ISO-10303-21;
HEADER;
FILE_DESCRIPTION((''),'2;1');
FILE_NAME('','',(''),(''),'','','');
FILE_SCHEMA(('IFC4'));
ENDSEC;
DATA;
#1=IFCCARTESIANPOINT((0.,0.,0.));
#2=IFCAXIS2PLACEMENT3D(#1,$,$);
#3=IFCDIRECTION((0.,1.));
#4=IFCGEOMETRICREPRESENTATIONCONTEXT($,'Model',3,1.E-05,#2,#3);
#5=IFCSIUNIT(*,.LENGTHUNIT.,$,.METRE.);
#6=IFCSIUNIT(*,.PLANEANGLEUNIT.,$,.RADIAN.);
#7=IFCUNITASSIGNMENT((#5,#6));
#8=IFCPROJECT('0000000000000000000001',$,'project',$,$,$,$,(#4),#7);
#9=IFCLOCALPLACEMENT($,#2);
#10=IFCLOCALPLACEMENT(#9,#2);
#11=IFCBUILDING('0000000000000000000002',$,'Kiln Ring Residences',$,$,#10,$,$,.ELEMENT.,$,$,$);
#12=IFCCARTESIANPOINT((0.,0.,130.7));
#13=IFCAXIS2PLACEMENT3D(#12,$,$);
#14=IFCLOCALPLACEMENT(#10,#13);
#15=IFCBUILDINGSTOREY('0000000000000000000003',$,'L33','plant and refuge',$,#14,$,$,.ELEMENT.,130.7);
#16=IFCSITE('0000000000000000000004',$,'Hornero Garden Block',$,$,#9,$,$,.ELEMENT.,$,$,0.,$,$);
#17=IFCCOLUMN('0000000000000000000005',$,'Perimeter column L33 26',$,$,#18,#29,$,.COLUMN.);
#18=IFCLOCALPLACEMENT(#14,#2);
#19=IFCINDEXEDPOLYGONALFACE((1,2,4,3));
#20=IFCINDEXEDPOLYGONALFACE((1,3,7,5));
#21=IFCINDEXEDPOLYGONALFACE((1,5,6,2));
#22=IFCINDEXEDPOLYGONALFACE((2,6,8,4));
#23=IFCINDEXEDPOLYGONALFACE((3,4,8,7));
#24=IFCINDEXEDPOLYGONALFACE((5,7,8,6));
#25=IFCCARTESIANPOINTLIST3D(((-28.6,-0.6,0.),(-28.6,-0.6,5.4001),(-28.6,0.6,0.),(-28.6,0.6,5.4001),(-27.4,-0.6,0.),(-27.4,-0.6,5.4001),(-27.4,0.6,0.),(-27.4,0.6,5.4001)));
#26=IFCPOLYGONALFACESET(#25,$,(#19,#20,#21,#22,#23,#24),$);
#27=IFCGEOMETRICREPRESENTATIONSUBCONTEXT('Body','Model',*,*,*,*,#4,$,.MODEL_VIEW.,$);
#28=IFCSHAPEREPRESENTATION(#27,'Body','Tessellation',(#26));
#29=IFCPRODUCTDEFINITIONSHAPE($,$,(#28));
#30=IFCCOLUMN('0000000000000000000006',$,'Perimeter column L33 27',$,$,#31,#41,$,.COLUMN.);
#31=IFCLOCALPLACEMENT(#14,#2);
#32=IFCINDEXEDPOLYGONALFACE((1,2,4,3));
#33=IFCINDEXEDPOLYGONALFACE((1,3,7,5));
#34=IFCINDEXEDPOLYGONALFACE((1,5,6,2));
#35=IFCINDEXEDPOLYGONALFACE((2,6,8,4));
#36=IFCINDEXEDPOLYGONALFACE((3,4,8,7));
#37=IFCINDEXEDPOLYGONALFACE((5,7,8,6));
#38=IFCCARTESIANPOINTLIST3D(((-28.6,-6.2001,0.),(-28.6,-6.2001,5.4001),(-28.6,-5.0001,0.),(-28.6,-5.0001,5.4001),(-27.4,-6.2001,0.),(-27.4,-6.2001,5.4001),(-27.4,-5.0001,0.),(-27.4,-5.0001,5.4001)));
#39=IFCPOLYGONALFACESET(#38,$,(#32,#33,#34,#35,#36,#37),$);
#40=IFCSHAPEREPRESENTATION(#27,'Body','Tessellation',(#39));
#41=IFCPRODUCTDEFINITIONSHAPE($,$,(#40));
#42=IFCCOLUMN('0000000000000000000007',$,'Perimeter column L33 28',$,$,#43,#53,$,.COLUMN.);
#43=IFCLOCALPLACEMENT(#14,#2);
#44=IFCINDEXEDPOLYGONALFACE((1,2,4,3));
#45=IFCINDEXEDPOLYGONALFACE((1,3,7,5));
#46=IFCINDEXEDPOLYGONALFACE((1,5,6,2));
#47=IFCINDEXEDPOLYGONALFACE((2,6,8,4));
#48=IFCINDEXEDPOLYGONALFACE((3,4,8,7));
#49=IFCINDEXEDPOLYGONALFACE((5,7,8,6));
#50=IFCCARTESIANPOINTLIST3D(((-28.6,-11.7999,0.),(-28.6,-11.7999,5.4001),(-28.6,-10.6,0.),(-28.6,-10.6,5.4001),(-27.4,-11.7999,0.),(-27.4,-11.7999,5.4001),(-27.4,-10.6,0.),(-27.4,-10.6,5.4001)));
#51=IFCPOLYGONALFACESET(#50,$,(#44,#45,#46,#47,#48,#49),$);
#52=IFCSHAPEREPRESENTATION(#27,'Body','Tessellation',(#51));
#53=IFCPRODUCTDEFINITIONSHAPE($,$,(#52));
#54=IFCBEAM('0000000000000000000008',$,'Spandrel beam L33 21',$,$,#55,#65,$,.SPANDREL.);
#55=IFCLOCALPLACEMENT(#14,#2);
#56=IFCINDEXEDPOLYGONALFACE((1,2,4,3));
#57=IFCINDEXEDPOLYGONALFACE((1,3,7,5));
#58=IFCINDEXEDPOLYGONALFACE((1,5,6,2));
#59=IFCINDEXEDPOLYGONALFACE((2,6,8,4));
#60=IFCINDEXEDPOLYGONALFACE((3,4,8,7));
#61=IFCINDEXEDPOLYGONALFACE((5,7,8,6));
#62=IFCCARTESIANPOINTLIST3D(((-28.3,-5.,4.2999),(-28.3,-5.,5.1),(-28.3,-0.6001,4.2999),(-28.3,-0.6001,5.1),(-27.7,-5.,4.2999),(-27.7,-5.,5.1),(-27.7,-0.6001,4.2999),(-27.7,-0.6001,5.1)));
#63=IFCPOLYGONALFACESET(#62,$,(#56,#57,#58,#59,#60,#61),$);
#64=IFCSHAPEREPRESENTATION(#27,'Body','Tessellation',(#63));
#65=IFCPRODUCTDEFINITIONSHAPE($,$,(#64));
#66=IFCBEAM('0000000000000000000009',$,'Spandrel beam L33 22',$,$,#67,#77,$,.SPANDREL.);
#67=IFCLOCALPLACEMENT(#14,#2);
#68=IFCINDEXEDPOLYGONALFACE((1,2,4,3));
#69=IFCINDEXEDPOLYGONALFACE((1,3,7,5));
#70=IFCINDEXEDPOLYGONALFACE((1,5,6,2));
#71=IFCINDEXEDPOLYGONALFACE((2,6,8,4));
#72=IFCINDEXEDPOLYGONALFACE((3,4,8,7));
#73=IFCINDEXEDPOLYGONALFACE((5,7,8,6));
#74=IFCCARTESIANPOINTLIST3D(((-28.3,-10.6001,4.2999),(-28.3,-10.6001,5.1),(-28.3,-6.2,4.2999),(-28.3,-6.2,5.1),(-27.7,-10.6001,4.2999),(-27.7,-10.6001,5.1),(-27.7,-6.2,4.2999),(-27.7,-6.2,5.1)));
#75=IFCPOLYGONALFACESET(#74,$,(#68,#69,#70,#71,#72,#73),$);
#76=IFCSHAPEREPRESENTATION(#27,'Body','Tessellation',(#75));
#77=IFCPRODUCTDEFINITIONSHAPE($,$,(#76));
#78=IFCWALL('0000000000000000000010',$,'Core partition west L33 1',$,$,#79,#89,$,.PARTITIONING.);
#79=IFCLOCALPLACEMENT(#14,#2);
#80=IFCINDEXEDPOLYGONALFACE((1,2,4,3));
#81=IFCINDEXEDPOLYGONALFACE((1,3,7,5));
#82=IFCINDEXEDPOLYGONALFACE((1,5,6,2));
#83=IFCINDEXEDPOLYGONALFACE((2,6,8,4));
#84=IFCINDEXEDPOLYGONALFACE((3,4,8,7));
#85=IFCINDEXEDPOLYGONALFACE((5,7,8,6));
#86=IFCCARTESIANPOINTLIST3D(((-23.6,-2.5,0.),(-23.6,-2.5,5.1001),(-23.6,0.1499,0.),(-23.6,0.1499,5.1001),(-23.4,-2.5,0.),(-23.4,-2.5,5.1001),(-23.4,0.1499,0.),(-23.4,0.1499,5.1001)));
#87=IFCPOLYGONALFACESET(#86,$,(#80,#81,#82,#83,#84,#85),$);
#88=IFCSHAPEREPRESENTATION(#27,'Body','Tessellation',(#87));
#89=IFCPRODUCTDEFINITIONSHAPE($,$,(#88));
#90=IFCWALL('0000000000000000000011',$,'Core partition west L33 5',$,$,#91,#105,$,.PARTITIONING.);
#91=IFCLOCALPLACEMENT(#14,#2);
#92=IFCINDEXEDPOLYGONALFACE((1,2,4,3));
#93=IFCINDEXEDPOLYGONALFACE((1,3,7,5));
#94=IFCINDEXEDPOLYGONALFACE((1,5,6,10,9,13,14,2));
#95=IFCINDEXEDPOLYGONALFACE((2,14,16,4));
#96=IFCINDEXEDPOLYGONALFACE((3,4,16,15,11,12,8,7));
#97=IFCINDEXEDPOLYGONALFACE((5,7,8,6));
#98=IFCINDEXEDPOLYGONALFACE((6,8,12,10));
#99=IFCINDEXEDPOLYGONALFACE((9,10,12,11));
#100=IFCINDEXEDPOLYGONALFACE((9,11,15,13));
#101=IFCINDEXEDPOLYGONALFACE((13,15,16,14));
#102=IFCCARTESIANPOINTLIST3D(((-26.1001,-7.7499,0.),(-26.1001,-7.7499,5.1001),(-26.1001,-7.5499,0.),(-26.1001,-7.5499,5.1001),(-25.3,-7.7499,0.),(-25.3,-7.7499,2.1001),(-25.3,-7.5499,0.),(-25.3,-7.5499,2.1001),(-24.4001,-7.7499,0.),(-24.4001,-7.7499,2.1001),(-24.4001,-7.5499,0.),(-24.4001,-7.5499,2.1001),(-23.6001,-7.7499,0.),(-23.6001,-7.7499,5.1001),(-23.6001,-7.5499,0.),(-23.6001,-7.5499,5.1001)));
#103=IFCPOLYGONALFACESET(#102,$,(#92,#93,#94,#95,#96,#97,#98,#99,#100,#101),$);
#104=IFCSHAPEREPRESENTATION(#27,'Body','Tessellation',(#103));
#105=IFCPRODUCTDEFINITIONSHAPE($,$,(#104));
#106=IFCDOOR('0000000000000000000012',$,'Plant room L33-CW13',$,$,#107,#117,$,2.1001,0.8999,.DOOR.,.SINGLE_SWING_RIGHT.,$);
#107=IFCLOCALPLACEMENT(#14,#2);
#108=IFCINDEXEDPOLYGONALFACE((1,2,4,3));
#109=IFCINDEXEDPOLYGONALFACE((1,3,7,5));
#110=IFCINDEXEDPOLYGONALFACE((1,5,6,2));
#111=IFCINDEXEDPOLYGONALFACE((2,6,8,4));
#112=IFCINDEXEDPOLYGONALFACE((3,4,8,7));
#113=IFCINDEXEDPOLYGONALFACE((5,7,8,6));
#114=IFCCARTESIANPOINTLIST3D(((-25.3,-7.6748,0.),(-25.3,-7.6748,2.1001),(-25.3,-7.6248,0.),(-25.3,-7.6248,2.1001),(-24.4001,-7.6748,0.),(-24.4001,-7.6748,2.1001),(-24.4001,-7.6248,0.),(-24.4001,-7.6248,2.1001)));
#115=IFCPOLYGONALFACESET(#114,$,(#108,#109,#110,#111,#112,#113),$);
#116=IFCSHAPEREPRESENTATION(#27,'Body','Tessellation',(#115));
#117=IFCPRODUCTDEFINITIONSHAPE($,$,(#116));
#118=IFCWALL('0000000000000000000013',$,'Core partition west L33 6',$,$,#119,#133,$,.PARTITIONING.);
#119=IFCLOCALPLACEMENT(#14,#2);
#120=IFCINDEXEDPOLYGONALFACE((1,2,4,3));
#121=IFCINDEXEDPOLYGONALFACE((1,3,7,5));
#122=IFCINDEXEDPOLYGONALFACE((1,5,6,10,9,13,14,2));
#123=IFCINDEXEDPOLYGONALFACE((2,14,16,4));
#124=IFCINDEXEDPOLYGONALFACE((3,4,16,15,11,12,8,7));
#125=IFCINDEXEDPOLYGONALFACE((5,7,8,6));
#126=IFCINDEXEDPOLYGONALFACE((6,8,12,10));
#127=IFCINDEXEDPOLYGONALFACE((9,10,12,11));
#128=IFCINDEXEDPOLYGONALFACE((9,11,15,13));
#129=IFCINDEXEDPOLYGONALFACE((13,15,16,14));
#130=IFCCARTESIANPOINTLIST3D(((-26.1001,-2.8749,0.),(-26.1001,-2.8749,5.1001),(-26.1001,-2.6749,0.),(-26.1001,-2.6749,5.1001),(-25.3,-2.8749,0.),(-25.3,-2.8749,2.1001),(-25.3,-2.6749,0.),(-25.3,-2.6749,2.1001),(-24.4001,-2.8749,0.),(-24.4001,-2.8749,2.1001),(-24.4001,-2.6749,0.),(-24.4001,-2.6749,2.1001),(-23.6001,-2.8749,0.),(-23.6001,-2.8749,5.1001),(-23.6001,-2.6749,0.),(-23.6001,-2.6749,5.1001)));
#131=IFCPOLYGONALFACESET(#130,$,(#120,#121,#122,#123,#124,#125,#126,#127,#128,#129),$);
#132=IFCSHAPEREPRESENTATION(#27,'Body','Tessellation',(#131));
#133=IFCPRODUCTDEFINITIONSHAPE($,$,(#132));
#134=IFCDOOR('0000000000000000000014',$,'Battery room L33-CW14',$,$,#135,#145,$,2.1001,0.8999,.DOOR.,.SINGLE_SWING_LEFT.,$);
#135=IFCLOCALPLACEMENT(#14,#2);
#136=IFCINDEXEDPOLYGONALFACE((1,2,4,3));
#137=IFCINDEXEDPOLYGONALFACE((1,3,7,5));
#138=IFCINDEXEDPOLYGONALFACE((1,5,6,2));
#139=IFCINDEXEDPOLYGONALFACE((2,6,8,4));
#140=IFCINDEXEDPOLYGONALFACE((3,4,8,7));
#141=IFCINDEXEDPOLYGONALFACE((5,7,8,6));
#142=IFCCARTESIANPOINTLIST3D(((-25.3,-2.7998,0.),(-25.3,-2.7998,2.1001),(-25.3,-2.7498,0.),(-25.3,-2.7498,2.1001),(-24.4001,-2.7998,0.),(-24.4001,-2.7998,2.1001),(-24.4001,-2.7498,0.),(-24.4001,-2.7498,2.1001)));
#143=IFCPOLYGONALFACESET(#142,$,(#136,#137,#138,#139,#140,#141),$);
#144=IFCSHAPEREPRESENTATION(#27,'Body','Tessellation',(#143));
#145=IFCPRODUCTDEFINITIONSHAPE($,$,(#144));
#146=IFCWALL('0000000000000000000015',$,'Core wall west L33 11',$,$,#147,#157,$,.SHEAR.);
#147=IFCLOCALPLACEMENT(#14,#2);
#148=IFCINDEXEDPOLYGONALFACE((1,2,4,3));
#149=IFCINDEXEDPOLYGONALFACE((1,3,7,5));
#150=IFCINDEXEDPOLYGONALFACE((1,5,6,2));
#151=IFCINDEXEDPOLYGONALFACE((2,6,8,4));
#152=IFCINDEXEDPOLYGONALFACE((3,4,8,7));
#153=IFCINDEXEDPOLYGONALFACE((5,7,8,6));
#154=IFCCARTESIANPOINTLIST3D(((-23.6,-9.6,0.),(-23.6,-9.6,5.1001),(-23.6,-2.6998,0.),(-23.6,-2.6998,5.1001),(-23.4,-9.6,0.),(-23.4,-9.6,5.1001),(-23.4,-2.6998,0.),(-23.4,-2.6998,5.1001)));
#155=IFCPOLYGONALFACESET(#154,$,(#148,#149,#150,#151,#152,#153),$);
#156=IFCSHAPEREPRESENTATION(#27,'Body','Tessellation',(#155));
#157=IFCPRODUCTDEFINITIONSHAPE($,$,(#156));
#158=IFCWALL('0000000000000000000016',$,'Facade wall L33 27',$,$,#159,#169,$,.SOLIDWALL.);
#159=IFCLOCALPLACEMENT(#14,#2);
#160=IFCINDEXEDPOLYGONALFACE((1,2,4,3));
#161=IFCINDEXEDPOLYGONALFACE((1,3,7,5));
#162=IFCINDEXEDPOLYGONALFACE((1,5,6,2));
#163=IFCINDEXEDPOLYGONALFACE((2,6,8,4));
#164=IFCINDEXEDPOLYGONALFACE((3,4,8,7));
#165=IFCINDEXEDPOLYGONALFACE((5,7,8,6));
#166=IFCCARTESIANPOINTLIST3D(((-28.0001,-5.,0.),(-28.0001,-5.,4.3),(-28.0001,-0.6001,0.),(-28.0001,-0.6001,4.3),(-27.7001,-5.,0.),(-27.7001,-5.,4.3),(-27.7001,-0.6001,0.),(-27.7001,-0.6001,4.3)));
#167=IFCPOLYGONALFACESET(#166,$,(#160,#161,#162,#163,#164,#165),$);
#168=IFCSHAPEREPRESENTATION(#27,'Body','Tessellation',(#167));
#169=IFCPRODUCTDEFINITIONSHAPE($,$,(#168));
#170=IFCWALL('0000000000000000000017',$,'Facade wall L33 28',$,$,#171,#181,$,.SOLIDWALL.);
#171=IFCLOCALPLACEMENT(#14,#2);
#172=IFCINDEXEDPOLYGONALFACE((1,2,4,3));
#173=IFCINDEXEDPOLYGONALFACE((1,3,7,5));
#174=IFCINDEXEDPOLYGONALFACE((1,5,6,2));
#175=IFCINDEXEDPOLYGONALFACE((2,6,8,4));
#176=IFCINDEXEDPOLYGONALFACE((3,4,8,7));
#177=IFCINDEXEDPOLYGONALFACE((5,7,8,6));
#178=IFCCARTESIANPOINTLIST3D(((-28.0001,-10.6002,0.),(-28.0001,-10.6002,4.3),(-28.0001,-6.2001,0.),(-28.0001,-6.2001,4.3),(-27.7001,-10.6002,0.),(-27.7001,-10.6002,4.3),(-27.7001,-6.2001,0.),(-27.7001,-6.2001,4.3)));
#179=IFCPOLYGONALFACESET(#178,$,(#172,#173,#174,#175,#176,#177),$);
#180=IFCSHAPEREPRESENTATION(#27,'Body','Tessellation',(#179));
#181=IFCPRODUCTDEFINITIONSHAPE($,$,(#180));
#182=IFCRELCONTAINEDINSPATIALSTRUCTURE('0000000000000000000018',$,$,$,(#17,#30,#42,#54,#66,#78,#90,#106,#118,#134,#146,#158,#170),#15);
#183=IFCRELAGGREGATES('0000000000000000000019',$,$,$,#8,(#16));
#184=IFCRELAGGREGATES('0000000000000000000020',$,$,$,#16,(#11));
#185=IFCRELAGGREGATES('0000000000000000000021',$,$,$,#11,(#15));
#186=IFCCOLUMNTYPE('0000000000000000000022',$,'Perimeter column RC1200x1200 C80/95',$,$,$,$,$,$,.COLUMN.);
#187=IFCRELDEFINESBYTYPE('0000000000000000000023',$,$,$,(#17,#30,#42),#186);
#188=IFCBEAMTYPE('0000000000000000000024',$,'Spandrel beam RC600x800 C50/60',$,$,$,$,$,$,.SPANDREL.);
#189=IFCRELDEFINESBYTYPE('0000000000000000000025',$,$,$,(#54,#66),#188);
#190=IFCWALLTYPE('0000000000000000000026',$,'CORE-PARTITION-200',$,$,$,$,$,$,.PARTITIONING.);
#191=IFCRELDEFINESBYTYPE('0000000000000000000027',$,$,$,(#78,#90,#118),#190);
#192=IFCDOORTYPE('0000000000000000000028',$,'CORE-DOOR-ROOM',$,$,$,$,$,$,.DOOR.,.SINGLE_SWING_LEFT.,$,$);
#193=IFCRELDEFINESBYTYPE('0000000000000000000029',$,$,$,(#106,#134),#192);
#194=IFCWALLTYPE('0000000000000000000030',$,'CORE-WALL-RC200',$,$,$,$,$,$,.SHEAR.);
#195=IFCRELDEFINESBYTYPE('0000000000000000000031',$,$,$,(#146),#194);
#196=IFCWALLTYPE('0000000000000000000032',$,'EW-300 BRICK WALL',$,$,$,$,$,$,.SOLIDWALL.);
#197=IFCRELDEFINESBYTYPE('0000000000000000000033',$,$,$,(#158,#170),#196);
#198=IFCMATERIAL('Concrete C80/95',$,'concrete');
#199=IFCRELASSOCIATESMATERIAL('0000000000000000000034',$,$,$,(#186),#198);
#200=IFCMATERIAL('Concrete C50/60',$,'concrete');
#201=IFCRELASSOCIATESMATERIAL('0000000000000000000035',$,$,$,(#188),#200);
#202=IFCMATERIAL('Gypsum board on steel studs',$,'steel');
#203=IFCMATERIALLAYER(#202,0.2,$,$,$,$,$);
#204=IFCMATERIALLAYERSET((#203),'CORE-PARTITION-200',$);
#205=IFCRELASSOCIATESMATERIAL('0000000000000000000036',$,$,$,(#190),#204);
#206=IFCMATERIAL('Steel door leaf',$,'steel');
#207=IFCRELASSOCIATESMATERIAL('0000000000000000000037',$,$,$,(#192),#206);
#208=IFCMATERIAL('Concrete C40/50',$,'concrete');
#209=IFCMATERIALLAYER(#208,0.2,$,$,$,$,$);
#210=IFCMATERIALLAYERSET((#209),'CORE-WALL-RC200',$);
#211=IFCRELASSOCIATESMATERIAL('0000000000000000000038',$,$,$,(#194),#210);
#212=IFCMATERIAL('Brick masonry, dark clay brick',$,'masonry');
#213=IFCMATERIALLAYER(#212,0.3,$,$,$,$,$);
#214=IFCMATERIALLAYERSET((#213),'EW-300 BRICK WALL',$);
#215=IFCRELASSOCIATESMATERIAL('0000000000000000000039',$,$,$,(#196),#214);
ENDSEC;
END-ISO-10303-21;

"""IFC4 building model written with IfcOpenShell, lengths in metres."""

from ifc_helpers import new_model, si_unit, direction, frame, frame_2d, origin, origin_2d, place, context, subcontext, project, spatial, rectangle, extrude, material, layer, layer_set, material_profile, profile_set, type_object, element, fill, save


model = new_model("IFC4")

# Units and contexts
model_context = context("Model", 3, precision=1e-05, world=origin(), true_north=direction((0.0, 1.0)))
body_context = subcontext(model_context, "Body", "Model", "MODEL_VIEW")
ifc_project = project(units=[si_unit("LENGTHUNIT", "METRE"), si_unit("PLANEANGLEUNIT", "RADIAN")], contexts=[model_context])

# Site, building, storey
site_placement = place(None, origin())
site = spatial("IfcSite", under=ifc_project, at=site_placement, Name="Hornero Garden Block", CompositionType="ELEMENT", RefElevation=0.0)
building_placement = place(site_placement, origin())
building = spatial("IfcBuilding", under=site, at=building_placement, Name="Kiln Ring Residences", CompositionType="ELEMENT")
storey_placement = place(building_placement, frame((0.0, 0.0, 130.7)))
storey = spatial("IfcBuildingStorey", under=building, at=storey_placement, Name="L33", Description="plant and refuge", CompositionType="ELEMENT", Elevation=130.7)

# Columns
ifc_material_1 = material(Name="Concrete C80/95", Category="concrete")
ifc_material_profile_1 = material_profile(ifc_material_1, rectangle(XDim=1.2, YDim=1.2, at=origin_2d()), Name="RC1200x1200")
ifc_profile_set_1 = profile_set([ifc_material_profile_1], Name="Concrete C80/95")
column_type = type_object("IfcColumnType", Name="Perimeter column RC1200x1200 C80/95", PredefinedType="COLUMN", material=ifc_profile_set_1)
for number, where, z_axis, x_axis, name in (
    (1, (-28.0, 0.0, 0.0), (0.0, 0.0, 1.0), (1.0, 0.0, 0.0), "Perimeter column L33 26"),
    (2, (-28.0, -5.6001, 0.0), (0.0, 0.0, 1.0), (1.0, 0.0, 0.0), "Perimeter column L33 27"),
    (3, (-28.0, -11.2, 0.0), (0.0, 0.0, 1.0), (1.0, 0.0, 0.0), "Perimeter column L33 28"),
):
    element("IfcColumn", number, at=place(storey_placement, frame(where, z_axis=z_axis, x_axis=x_axis)), inside=storey, type_object=column_type, Name=name, PredefinedType="COLUMN", context=body_context, shape_type="SweptSolid", body=[
        extrude(rectangle(XDim=1.2, YDim=1.2, at=origin_2d()), origin(), (0.0, 0.0, 1.0), 5.4001),
    ])

# Beams
ifc_material_2 = material(Name="Concrete C50/60", Category="concrete")
ifc_material_profile_2 = material_profile(ifc_material_2, rectangle(XDim=0.6001, YDim=0.8, at=origin_2d()), Name="RC600x800")
ifc_profile_set_2 = profile_set([ifc_material_profile_2], Name="Concrete C50/60")
beam_type = type_object("IfcBeamType", Name="Spandrel beam RC600x800 C50/60", PredefinedType="SPANDREL", material=ifc_profile_set_2)
beam_1_placement = place(storey_placement, frame((-28.0, -0.6001, 4.7), z_axis=(0.0, -1.0, 0.0), x_axis=(1.0, 0.0, 0.0)))
element("IfcBeam", 4, at=beam_1_placement, inside=storey, type_object=beam_type, Name="Spandrel beam L33 21", PredefinedType="SPANDREL", context=body_context, shape_type="SweptSolid", body=[
    extrude(rectangle(XDim=0.6001, YDim=0.8, at=origin_2d()), origin(), (0.0, 0.0, 1.0), 4.3999),
])
beam_2_placement = place(storey_placement, frame((-28.0, -6.2, 4.7), z_axis=(0.0, -1.0, 0.0), x_axis=(1.0, 0.0, 0.0)))
element("IfcBeam", 5, at=beam_2_placement, inside=storey, type_object=beam_type, Name="Spandrel beam L33 22", PredefinedType="SPANDREL", context=body_context, shape_type="SweptSolid", body=[
    extrude(rectangle(XDim=0.6001, YDim=0.8, at=origin_2d()), origin(), (0.0, 0.0, 1.0), 4.4001),
])

# Wall
ifc_material_3 = material(Name="Gypsum board on steel studs", Category="steel")
ifc_layer_1 = layer(ifc_material_3, 0.2)
ifc_layer_set_1 = layer_set([ifc_layer_1], Name="CORE-PARTITION-200")
wall_type_1 = type_object("IfcWallType", Name="CORE-PARTITION-200", PredefinedType="PARTITIONING", material=ifc_layer_set_1)
wall_1_placement = place(storey_placement, frame((-23.5, -2.5, 0.0), z_axis=(0.0, 0.0, 1.0), x_axis=(0.0, 1.0, 0.0)))
element("IfcWall", 6, at=wall_1_placement, inside=storey, type_object=wall_type_1, Name="Core partition west L33 1", PredefinedType="PARTITIONING", context=body_context, shape_type="SweptSolid", body=[
    extrude(rectangle(XDim=2.6499, YDim=0.2, at=frame_2d((1.325, 0.0))), origin(), (0.0, 0.0, 1.0), 5.1001),
])

# Walls, openings, doors
wall_2_placement = place(storey_placement, frame((-23.6001, -7.6499, 0.0), z_axis=(0.0, 0.0, 1.0), x_axis=(-1.0, 0.0, 0.0)))
wall_2 = element("IfcWall", 7, at=wall_2_placement, inside=storey, type_object=wall_type_1, Name="Core partition west L33 5", PredefinedType="PARTITIONING", context=body_context, shape_type="SweptSolid", body=[
    extrude(rectangle(XDim=2.5, YDim=0.2, at=frame_2d((1.25, 0.0))), origin(), (0.0, 0.0, 1.0), 5.1001),
])
opening_1_placement = place(wall_2_placement, frame((0.8, 0.0, 0.0)))
opening_1 = element("IfcOpeningElement", 8, at=opening_1_placement, cuts=wall_2, PredefinedType="OPENING", context=body_context, shape_type="SweptSolid", body=[
    extrude(rectangle(XDim=0.8999, YDim=2.1001, at=frame_2d((0.45, 1.05))), frame((0.0, 0.1099, 0.0), z_axis=(0.0, -1.0, 0.0), x_axis=(1.0, 0.0, 0.0)), (0.0, 0.0, 1.0), 0.22),
])
ifc_material_4 = material(Name="Steel door leaf", Category="steel")
door_type = type_object("IfcDoorType", Name="CORE-DOOR-ROOM", OperationType="SINGLE_SWING_LEFT", PredefinedType="DOOR", material=ifc_material_4)
door_1_placement = place(opening_1_placement, origin())
door_1 = element("IfcDoor", 9, at=door_1_placement, inside=storey, type_object=door_type, Name="Plant room L33-CW13", OperationType="SINGLE_SWING_RIGHT", OverallHeight=2.1001, OverallWidth=0.8999, PredefinedType="DOOR", context=body_context, shape_type="SweptSolid", body=[
    extrude(rectangle(XDim=0.8999, YDim=2.1001, at=frame_2d((0.45, 1.05))), frame((0.0, 0.0249, 0.0), z_axis=(0.0, -1.0, 0.0), x_axis=(1.0, 0.0, 0.0)), (0.0, 0.0, 1.0), 0.05),
])
fill(opening_1, door_1)
wall_3_placement = place(storey_placement, frame((-23.6001, -2.7749, 0.0), z_axis=(0.0, 0.0, 1.0), x_axis=(-1.0, 0.0, 0.0)))
wall_3 = element("IfcWall", 10, at=wall_3_placement, inside=storey, type_object=wall_type_1, Name="Core partition west L33 6", PredefinedType="PARTITIONING", context=body_context, shape_type="SweptSolid", body=[
    extrude(rectangle(XDim=2.5, YDim=0.2, at=frame_2d((1.25, 0.0))), origin(), (0.0, 0.0, 1.0), 5.1001),
])
opening_2_placement = place(wall_3_placement, frame((0.8, 0.0, 0.0)))
opening_2 = element("IfcOpeningElement", 11, at=opening_2_placement, cuts=wall_3, PredefinedType="OPENING", context=body_context, shape_type="SweptSolid", body=[
    extrude(rectangle(XDim=0.8999, YDim=2.1001, at=frame_2d((0.45, 1.05))), frame((0.0, 0.1099, 0.0), z_axis=(0.0, -1.0, 0.0), x_axis=(1.0, 0.0, 0.0)), (0.0, 0.0, 1.0), 0.22),
])
door_2_placement = place(opening_2_placement, origin())
door_2 = element("IfcDoor", 12, at=door_2_placement, inside=storey, type_object=door_type, Name="Battery room L33-CW14", OperationType="SINGLE_SWING_LEFT", OverallHeight=2.1001, OverallWidth=0.8999, PredefinedType="DOOR", context=body_context, shape_type="SweptSolid", body=[
    extrude(rectangle(XDim=0.8999, YDim=2.1001, at=frame_2d((0.45, 1.05))), frame((0.0, 0.0249, 0.0), z_axis=(0.0, -1.0, 0.0), x_axis=(1.0, 0.0, 0.0)), (0.0, 0.0, 1.0), 0.05),
])
fill(opening_2, door_2)

# Walls
ifc_material_5 = material(Name="Concrete C40/50", Category="concrete")
ifc_layer_2 = layer(ifc_material_5, 0.2)
ifc_layer_set_2 = layer_set([ifc_layer_2], Name="CORE-WALL-RC200")
wall_type_2 = type_object("IfcWallType", Name="CORE-WALL-RC200", PredefinedType="SHEAR", material=ifc_layer_set_2)
wall_4_placement = place(storey_placement, frame((-23.5, -9.6001, 0.0), z_axis=(0.0, 0.0, 1.0), x_axis=(0.0, 1.0, 0.0)))
element("IfcWall", 13, at=wall_4_placement, inside=storey, type_object=wall_type_2, Name="Core wall west L33 11", PredefinedType="SHEAR", context=body_context, shape_type="SweptSolid", body=[
    extrude(rectangle(XDim=6.9001, YDim=0.2, at=frame_2d((3.4502, 0.0))), origin(), (0.0, 0.0, 1.0), 5.1001),
])
ifc_material_6 = material(Name="Brick masonry, dark clay brick", Category="masonry")
ifc_layer_3 = layer(ifc_material_6, 0.3)
ifc_layer_set_3 = layer_set([ifc_layer_3], Name="EW-300 BRICK WALL")
wall_type_3 = type_object("IfcWallType", Name="EW-300 BRICK WALL", PredefinedType="SOLIDWALL", material=ifc_layer_set_3)
wall_5_placement = place(storey_placement, frame((-27.8501, -0.6001, 0.0), z_axis=(0.0, 0.0, 1.0), x_axis=(0.0, -1.0, 0.0)))
element("IfcWall", 14, at=wall_5_placement, inside=storey, type_object=wall_type_3, Name="Facade wall L33 27", PredefinedType="SOLIDWALL", context=body_context, shape_type="SweptSolid", body=[
    extrude(rectangle(XDim=4.3999, YDim=0.3, at=frame_2d((2.2, 0.0))), origin(), (0.0, 0.0, 1.0), 4.3),
])
wall_6_placement = place(storey_placement, frame((-27.8501, -6.2, 0.0), z_axis=(0.0, 0.0, 1.0), x_axis=(0.0, -1.0, 0.0)))
element("IfcWall", 15, at=wall_6_placement, inside=storey, type_object=wall_type_3, Name="Facade wall L33 28", PredefinedType="SOLIDWALL", context=body_context, shape_type="SweptSolid", body=[
    extrude(rectangle(XDim=4.4001, YDim=0.3, at=frame_2d((2.2002, 0.0))), origin(), (0.0, 0.0, 1.0), 4.3),
])

save(model, "model.ifc")
